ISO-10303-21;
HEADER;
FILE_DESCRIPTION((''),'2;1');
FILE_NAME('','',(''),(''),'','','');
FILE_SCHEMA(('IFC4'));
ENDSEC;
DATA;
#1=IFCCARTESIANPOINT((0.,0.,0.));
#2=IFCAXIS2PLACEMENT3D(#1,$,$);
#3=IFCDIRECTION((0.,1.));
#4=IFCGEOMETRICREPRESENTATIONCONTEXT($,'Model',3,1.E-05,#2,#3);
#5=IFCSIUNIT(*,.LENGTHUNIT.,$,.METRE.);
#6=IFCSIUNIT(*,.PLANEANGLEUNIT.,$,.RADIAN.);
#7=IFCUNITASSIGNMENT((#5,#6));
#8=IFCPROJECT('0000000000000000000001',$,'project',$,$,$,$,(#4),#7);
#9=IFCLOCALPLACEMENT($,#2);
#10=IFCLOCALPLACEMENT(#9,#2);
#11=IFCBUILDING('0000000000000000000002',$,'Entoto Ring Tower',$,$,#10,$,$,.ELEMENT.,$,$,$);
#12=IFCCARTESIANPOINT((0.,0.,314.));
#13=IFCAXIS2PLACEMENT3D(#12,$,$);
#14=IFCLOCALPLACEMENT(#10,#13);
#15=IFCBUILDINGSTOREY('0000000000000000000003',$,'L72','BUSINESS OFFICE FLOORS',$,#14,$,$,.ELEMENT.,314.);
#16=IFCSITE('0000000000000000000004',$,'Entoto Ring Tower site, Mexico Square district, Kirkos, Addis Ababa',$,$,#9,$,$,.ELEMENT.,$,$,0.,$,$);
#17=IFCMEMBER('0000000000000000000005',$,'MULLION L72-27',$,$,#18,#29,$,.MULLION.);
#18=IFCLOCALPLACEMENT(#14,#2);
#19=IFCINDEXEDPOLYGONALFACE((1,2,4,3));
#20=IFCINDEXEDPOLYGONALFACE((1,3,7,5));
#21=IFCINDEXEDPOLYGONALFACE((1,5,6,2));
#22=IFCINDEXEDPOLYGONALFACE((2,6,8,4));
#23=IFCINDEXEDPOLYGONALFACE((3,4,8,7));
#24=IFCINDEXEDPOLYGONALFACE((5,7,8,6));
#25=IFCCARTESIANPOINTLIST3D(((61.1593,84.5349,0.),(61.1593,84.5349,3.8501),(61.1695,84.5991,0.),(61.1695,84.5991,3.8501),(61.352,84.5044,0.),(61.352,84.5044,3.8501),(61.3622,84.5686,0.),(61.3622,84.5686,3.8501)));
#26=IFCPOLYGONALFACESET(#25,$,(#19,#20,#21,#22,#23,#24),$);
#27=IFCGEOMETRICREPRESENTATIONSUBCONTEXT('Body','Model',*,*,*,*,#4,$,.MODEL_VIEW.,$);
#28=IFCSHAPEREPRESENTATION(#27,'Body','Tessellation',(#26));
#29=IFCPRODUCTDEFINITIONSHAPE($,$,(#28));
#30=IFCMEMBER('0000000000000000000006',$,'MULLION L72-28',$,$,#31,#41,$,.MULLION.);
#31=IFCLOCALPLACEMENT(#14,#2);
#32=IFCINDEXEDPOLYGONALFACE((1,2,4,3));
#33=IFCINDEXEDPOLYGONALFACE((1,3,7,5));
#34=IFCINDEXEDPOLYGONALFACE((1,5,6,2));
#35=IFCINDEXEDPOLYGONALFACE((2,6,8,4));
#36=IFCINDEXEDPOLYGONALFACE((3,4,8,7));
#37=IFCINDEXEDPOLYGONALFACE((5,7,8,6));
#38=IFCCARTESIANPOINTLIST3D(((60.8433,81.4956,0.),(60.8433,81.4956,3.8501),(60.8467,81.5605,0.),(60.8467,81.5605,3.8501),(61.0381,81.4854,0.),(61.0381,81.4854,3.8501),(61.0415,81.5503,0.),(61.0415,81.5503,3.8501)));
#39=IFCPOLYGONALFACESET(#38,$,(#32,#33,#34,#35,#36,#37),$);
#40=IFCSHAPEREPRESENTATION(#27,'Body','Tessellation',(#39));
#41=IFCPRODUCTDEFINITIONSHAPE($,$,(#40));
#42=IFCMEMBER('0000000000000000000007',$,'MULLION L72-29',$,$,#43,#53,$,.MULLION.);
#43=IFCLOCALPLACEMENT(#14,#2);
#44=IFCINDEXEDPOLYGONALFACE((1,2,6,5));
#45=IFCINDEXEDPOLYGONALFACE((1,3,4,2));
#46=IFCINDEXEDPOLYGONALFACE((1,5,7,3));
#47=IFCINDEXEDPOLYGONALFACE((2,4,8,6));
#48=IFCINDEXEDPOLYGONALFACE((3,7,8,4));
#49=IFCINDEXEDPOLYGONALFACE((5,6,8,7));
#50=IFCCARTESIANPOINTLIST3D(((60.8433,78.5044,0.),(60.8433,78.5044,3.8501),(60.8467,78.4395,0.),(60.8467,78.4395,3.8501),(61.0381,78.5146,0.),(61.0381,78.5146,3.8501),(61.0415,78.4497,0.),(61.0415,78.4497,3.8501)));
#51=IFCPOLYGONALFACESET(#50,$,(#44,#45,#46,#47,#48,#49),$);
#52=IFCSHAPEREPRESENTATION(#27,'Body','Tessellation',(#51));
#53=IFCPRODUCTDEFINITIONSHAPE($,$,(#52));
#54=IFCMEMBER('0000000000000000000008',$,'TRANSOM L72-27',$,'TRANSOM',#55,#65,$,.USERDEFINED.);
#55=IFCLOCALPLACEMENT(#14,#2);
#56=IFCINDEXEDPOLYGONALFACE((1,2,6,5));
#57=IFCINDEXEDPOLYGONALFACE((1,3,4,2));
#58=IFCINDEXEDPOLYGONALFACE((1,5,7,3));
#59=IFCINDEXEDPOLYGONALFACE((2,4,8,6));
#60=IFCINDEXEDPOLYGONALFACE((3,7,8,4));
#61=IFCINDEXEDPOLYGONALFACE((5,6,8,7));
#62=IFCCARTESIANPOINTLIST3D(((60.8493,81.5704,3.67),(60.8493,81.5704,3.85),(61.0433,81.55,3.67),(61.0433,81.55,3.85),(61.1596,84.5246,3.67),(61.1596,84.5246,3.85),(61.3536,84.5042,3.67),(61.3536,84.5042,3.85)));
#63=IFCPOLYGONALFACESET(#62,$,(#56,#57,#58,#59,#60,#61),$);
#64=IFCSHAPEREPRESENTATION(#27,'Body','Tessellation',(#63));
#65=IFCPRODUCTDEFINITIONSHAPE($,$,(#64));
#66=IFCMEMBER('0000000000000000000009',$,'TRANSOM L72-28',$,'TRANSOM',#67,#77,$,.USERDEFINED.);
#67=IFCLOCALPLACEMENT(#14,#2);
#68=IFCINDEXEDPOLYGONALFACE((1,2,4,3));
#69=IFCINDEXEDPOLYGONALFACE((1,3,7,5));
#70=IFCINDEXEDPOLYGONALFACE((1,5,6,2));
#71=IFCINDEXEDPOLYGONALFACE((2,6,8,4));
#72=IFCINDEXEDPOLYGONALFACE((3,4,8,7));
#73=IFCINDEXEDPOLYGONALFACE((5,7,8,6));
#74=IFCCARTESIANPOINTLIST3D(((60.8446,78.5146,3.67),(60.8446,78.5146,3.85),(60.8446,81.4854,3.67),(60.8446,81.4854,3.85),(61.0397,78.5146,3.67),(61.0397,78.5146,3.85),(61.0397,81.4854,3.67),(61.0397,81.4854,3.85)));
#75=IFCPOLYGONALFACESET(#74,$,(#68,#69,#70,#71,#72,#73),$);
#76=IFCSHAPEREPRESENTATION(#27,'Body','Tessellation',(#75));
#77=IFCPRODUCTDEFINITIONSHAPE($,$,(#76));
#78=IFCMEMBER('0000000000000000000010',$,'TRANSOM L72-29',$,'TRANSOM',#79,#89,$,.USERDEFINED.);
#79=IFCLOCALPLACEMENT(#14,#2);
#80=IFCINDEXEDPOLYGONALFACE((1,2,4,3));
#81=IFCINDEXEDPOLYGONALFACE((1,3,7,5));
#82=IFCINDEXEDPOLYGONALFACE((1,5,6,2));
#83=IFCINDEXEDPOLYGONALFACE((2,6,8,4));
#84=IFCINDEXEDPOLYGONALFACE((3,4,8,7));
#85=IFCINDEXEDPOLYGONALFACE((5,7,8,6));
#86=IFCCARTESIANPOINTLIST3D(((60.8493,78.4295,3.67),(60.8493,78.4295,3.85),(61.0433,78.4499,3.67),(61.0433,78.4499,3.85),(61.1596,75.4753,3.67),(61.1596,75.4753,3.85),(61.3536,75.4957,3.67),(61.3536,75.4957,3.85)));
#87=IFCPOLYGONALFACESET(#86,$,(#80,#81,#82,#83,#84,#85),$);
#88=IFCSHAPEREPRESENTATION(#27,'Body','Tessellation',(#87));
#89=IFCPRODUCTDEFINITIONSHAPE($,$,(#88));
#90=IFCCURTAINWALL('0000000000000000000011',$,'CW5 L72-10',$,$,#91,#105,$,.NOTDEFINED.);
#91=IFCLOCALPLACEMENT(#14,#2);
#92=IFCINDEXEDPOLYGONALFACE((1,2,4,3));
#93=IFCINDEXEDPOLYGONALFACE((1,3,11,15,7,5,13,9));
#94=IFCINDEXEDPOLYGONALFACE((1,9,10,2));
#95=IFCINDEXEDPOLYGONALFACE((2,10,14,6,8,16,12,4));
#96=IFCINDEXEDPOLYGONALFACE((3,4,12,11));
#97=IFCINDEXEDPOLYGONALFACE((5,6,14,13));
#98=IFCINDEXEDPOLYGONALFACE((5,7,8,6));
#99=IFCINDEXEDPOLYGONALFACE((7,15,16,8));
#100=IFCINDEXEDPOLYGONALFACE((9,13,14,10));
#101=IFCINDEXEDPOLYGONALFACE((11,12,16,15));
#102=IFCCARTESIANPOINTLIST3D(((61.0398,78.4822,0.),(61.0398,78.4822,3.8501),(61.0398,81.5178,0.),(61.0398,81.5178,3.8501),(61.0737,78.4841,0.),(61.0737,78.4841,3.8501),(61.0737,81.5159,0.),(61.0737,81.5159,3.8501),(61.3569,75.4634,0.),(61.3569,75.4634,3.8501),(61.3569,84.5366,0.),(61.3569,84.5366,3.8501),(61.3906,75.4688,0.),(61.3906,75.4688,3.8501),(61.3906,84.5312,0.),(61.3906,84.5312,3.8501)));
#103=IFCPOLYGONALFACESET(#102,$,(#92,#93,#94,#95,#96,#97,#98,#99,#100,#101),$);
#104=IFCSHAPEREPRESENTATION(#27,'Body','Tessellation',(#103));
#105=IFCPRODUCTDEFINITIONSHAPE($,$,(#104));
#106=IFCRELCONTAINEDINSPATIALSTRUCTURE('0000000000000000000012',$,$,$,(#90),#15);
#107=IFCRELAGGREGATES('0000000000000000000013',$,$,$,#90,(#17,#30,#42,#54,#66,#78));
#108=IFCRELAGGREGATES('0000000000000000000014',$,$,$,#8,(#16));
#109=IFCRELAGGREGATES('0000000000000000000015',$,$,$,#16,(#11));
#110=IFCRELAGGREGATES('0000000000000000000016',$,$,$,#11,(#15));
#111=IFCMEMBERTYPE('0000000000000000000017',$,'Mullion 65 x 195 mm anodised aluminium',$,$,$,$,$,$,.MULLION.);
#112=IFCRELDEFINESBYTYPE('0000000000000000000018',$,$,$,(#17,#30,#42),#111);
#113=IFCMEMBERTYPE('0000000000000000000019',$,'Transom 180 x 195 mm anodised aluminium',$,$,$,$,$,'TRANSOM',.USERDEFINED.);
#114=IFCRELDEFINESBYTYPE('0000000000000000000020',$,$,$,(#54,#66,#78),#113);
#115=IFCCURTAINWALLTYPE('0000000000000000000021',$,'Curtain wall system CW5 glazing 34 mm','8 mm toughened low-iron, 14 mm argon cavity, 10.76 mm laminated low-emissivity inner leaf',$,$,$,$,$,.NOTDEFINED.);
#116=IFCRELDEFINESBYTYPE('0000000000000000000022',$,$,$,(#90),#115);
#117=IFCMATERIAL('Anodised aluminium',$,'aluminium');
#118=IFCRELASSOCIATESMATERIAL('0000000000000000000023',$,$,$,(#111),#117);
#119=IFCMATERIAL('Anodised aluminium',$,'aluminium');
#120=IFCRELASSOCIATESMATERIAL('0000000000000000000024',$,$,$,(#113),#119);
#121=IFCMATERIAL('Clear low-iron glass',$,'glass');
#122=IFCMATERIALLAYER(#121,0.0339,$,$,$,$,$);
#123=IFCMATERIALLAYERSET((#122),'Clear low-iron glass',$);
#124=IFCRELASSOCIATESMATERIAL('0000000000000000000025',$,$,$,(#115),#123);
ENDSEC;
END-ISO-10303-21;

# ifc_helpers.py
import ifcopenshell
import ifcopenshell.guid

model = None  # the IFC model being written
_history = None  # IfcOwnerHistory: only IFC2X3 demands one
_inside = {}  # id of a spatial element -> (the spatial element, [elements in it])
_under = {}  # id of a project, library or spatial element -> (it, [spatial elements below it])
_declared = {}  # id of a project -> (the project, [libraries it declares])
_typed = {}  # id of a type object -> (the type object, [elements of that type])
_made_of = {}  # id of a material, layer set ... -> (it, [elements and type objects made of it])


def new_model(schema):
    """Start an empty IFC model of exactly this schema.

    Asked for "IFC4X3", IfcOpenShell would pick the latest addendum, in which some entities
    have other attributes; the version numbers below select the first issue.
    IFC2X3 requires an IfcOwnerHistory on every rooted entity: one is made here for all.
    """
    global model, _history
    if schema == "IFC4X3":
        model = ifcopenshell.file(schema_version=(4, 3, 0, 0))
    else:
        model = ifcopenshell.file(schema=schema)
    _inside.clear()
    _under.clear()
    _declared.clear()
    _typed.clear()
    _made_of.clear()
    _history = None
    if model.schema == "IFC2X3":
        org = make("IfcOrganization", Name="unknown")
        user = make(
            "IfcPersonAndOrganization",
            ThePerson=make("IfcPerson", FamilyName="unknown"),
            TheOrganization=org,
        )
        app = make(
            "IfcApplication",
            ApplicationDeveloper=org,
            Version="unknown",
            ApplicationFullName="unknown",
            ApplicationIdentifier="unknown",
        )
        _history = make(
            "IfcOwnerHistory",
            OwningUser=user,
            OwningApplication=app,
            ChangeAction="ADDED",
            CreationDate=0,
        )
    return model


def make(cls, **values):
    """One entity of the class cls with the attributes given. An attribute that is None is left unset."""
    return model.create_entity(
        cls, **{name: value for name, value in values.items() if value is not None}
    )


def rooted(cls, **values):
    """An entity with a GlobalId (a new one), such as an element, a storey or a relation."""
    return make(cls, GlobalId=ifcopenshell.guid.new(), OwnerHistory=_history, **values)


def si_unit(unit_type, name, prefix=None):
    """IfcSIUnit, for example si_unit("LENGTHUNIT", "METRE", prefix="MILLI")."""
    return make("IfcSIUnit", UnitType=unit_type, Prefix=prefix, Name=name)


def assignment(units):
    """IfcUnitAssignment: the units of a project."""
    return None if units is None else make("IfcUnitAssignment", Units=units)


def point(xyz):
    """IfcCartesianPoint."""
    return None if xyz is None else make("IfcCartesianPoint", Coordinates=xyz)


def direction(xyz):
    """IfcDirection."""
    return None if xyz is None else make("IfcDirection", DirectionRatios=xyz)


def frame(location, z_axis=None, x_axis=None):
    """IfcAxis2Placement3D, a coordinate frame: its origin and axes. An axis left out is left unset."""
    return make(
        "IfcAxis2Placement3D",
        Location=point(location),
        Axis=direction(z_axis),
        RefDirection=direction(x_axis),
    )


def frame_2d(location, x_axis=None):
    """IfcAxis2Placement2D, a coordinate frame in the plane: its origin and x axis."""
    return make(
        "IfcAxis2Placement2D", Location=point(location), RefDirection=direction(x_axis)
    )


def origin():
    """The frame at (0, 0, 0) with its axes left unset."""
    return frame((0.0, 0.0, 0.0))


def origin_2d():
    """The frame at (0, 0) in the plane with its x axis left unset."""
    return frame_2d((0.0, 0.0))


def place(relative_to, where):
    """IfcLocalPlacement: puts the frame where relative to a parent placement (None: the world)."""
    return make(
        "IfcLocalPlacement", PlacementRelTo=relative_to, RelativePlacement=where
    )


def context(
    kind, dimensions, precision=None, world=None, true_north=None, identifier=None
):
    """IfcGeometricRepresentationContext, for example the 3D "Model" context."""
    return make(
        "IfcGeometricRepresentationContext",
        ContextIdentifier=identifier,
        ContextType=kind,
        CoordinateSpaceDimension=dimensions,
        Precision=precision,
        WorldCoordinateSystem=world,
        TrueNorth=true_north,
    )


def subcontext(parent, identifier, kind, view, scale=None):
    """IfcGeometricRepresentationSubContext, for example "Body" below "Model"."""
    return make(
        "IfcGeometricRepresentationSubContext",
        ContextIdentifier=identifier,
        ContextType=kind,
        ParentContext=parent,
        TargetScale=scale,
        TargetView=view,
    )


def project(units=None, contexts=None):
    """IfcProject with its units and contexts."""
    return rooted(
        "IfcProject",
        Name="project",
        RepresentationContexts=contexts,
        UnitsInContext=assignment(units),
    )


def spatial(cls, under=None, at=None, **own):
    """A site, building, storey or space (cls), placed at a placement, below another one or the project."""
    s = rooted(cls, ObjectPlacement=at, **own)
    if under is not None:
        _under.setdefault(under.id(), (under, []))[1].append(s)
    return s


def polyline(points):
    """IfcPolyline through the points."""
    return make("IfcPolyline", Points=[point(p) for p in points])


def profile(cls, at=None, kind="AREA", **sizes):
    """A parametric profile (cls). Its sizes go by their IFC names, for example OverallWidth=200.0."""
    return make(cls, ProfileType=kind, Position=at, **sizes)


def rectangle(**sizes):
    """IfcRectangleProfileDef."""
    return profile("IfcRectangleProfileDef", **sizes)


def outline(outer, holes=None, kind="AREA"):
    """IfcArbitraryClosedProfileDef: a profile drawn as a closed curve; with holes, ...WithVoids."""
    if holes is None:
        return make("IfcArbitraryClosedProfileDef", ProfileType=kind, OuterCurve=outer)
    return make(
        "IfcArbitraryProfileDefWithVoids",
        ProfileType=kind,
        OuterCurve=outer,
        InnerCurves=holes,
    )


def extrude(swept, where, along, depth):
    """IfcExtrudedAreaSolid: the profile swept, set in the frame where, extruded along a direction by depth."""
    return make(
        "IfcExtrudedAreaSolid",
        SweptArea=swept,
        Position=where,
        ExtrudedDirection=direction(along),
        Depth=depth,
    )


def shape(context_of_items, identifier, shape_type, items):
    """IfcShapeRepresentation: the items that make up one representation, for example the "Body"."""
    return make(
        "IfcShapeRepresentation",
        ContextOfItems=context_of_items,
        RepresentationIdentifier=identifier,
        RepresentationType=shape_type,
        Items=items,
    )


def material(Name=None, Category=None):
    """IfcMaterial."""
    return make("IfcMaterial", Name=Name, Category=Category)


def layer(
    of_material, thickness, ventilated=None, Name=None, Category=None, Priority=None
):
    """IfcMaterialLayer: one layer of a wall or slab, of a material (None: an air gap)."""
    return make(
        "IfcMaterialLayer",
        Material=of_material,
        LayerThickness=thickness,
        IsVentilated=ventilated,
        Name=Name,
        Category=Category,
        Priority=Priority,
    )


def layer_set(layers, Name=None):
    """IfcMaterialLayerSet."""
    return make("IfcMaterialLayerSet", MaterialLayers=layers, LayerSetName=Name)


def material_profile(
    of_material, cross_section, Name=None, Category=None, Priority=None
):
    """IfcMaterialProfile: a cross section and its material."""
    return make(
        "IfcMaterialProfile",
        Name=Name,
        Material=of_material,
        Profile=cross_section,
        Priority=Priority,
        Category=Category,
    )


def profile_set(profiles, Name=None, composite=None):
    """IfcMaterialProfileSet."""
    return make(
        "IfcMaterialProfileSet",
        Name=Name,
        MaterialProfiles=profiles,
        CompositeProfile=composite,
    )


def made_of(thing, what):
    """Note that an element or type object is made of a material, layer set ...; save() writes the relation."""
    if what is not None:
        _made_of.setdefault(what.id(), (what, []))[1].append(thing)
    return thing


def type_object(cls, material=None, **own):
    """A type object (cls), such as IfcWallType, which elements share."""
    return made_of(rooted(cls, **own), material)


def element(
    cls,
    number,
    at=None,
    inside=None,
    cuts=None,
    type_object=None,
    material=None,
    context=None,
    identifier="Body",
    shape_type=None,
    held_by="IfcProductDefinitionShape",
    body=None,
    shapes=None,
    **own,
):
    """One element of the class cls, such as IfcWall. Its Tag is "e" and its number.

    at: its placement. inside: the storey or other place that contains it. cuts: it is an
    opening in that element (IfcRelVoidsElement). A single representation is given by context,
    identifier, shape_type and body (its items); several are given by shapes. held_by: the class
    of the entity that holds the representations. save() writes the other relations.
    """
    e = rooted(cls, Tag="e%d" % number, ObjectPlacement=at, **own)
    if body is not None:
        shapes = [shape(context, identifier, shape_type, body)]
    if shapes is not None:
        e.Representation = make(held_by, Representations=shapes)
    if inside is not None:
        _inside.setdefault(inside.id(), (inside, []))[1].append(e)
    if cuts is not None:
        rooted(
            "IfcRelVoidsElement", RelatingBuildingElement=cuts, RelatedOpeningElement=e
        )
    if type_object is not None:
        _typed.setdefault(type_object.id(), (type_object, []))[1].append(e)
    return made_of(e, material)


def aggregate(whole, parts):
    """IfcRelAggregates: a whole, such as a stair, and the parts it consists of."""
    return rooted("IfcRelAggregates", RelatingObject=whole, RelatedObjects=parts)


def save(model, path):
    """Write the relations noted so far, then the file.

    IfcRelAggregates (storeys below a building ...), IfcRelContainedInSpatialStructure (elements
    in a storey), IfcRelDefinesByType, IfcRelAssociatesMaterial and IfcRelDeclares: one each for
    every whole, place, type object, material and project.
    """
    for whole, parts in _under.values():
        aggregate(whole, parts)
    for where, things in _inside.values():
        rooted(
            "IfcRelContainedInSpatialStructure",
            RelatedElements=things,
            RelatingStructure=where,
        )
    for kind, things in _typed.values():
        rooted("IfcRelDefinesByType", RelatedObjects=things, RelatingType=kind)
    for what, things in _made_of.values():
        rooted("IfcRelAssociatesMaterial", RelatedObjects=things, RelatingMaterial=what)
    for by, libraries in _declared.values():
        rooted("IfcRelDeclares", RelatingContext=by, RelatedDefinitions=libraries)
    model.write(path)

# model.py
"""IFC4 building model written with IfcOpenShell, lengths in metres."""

from ifc_helpers import new_model, si_unit, direction, frame, origin, origin_2d, place, context, subcontext, project, spatial, polyline, rectangle, outline, extrude, material, layer, layer_set, material_profile, profile_set, type_object, element, aggregate, save


model = new_model("IFC4")

# Units and contexts
model_context = context("Model", 3, precision=1e-05, world=origin(), true_north=direction((0.0, 1.0)))
body_context = subcontext(model_context, "Body", "Model", "MODEL_VIEW")
ifc_project = project(units=[si_unit("LENGTHUNIT", "METRE"), si_unit("PLANEANGLEUNIT", "RADIAN")], contexts=[model_context])

# Members
ifc_material_1 = material(Name="Anodised aluminium", Category="aluminium")
ifc_material_profile_1 = material_profile(ifc_material_1, rectangle(XDim=0.0649, YDim=0.1951, at=origin_2d()), Name="Mullion 65 x 195 mm anodised aluminium")
ifc_profile_set_1 = profile_set([ifc_material_profile_1], Name="Anodised aluminium")
member_type_1 = type_object("IfcMemberType", Name="Mullion 65 x 195 mm anodised aluminium", PredefinedType="MULLION", material=ifc_profile_set_1)
site_placement = place(None, origin())
building_placement = place(site_placement, origin())
storey_placement = place(building_placement, frame((0.0, 0.0, 314.0)))
member_1_placement = place(storey_placement, frame((61.2607, 84.5518, 0.0), z_axis=(0.0, 0.0, 1.0), x_axis=(-0.156434, -0.987688, 0.0)))
member_1 = element("IfcMember", 1, at=member_1_placement, type_object=member_type_1, Name="MULLION L72-27", PredefinedType="MULLION", context=body_context, shape_type="SweptSolid", body=[
    extrude(rectangle(XDim=0.0649, YDim=0.1951, at=origin_2d()), origin(), (0.0, 0.0, 1.0), 3.8501),
])
member_2_placement = place(storey_placement, frame((60.9424, 81.5229, 0.0), z_axis=(0.0, 0.0, 1.0), x_axis=(-0.052336, -0.99863, 0.0)))
member_2 = element("IfcMember", 2, at=member_2_placement, type_object=member_type_1, Name="MULLION L72-28", PredefinedType="MULLION", context=body_context, shape_type="SweptSolid", body=[
    extrude(rectangle(XDim=0.0649, YDim=0.1951, at=origin_2d()), origin(), (0.0, 0.0, 1.0), 3.8501),
])
member_3_placement = place(storey_placement, frame((60.9424, 78.4771, 0.0), z_axis=(0.0, 0.0, 1.0), x_axis=(0.052336, -0.99863, 0.0)))
member_3 = element("IfcMember", 3, at=member_3_placement, type_object=member_type_1, Name="MULLION L72-29", PredefinedType="MULLION", context=body_context, shape_type="SweptSolid", body=[
    extrude(rectangle(XDim=0.0649, YDim=0.1951, at=origin_2d()), origin(), (0.0, 0.0, 1.0), 3.8501),
])
ifc_material_2 = material(Name="Anodised aluminium", Category="aluminium")
ifc_material_profile_2 = material_profile(ifc_material_2, rectangle(XDim=0.1951, YDim=0.1799, at=origin_2d()), Name="Transom 180 x 195 mm anodised aluminium")
ifc_profile_set_2 = profile_set([ifc_material_profile_2], Name="Anodised aluminium")
member_type_2 = type_object("IfcMemberType", Name="Transom 180 x 195 mm anodised aluminium", ElementType="TRANSOM", PredefinedType="USERDEFINED", material=ifc_profile_set_2)
member_4_placement = place(storey_placement, frame((61.2566, 84.5144, 3.76), z_axis=(-0.104467, -0.994528, 0.0), x_axis=(0.994528, -0.104467, 0.0)))
member_4 = element("IfcMember", 4, at=member_4_placement, type_object=member_type_2, Name="TRANSOM L72-27", ObjectType="TRANSOM", PredefinedType="USERDEFINED", context=body_context, shape_type="SweptSolid", body=[
    extrude(rectangle(XDim=0.1951, YDim=0.1799, at=origin_2d()), origin(), (0.0, 0.0, 1.0), 2.9705),
])
member_5_placement = place(storey_placement, frame((60.9421, 81.4854, 3.76), z_axis=(0.0, -1.0, 0.0), x_axis=(1.0, 0.0, 0.0)))
member_5 = element("IfcMember", 5, at=member_5_placement, type_object=member_type_2, Name="TRANSOM L72-28", ObjectType="TRANSOM", PredefinedType="USERDEFINED", context=body_context, shape_type="SweptSolid", body=[
    extrude(rectangle(XDim=0.1951, YDim=0.1799, at=origin_2d()), origin(), (0.0, 0.0, 1.0), 2.9707),
])
member_6_placement = place(storey_placement, frame((60.9463, 78.4397, 3.76), z_axis=(0.104467, -0.994528, 0.0), x_axis=(0.994528, 0.104467, 0.0)))
member_6 = element("IfcMember", 6, at=member_6_placement, type_object=member_type_2, Name="TRANSOM L72-29", ObjectType="TRANSOM", PredefinedType="USERDEFINED", context=body_context, shape_type="SweptSolid", body=[
    extrude(rectangle(XDim=0.1951, YDim=0.1799, at=origin_2d()), origin(), (0.0, 0.0, 1.0), 2.9705),
])

# Site, building, storey
site = spatial("IfcSite", under=ifc_project, at=site_placement, Name="Entoto Ring Tower site, Mexico Square district, Kirkos, Addis Ababa", CompositionType="ELEMENT", RefElevation=0.0)
building = spatial("IfcBuilding", under=site, at=building_placement, Name="Entoto Ring Tower", CompositionType="ELEMENT")
storey = spatial("IfcBuildingStorey", under=building, at=storey_placement, Name="L72", Description="BUSINESS OFFICE FLOORS", CompositionType="ELEMENT", Elevation=314.0)

# Curtain wall
ifc_material_3 = material(Name="Clear low-iron glass", Category="glass")
ifc_layer = layer(ifc_material_3, 0.0339)
ifc_layer_set = layer_set([ifc_layer], Name="Clear low-iron glass")
curtain_wall_type = type_object("IfcCurtainWallType", Name="Curtain wall system CW5 glazing 34 mm", Description="8 mm toughened low-iron, 14 mm argon cavity, 10.76 mm laminated low-emissivity inner leaf", PredefinedType="NOTDEFINED", material=ifc_layer_set)
curtain_wall_1_placement = place(storey_placement, origin())
curtain_wall_1 = element("IfcCurtainWall", 7, at=curtain_wall_1_placement, inside=storey, type_object=curtain_wall_type, Name="CW5 L72-10", PredefinedType="NOTDEFINED", context=body_context, shape_type="SweptSolid", body=[
    extrude(outline(polyline([(61.3569, 84.5366), (61.0398, 81.5178), (61.0398, 78.4822), (61.3569, 75.4634), (61.3906, 75.4688), (61.0737, 78.4841), (61.0737, 81.5159), (61.3906, 84.5312), (61.3569, 84.5366)])), origin(), (0.0, 0.0, 1.0), 3.8501),
])
aggregate(curtain_wall_1, [member_1, member_2, member_3, member_4, member_5, member_6])

save(model, "model.ifc")
